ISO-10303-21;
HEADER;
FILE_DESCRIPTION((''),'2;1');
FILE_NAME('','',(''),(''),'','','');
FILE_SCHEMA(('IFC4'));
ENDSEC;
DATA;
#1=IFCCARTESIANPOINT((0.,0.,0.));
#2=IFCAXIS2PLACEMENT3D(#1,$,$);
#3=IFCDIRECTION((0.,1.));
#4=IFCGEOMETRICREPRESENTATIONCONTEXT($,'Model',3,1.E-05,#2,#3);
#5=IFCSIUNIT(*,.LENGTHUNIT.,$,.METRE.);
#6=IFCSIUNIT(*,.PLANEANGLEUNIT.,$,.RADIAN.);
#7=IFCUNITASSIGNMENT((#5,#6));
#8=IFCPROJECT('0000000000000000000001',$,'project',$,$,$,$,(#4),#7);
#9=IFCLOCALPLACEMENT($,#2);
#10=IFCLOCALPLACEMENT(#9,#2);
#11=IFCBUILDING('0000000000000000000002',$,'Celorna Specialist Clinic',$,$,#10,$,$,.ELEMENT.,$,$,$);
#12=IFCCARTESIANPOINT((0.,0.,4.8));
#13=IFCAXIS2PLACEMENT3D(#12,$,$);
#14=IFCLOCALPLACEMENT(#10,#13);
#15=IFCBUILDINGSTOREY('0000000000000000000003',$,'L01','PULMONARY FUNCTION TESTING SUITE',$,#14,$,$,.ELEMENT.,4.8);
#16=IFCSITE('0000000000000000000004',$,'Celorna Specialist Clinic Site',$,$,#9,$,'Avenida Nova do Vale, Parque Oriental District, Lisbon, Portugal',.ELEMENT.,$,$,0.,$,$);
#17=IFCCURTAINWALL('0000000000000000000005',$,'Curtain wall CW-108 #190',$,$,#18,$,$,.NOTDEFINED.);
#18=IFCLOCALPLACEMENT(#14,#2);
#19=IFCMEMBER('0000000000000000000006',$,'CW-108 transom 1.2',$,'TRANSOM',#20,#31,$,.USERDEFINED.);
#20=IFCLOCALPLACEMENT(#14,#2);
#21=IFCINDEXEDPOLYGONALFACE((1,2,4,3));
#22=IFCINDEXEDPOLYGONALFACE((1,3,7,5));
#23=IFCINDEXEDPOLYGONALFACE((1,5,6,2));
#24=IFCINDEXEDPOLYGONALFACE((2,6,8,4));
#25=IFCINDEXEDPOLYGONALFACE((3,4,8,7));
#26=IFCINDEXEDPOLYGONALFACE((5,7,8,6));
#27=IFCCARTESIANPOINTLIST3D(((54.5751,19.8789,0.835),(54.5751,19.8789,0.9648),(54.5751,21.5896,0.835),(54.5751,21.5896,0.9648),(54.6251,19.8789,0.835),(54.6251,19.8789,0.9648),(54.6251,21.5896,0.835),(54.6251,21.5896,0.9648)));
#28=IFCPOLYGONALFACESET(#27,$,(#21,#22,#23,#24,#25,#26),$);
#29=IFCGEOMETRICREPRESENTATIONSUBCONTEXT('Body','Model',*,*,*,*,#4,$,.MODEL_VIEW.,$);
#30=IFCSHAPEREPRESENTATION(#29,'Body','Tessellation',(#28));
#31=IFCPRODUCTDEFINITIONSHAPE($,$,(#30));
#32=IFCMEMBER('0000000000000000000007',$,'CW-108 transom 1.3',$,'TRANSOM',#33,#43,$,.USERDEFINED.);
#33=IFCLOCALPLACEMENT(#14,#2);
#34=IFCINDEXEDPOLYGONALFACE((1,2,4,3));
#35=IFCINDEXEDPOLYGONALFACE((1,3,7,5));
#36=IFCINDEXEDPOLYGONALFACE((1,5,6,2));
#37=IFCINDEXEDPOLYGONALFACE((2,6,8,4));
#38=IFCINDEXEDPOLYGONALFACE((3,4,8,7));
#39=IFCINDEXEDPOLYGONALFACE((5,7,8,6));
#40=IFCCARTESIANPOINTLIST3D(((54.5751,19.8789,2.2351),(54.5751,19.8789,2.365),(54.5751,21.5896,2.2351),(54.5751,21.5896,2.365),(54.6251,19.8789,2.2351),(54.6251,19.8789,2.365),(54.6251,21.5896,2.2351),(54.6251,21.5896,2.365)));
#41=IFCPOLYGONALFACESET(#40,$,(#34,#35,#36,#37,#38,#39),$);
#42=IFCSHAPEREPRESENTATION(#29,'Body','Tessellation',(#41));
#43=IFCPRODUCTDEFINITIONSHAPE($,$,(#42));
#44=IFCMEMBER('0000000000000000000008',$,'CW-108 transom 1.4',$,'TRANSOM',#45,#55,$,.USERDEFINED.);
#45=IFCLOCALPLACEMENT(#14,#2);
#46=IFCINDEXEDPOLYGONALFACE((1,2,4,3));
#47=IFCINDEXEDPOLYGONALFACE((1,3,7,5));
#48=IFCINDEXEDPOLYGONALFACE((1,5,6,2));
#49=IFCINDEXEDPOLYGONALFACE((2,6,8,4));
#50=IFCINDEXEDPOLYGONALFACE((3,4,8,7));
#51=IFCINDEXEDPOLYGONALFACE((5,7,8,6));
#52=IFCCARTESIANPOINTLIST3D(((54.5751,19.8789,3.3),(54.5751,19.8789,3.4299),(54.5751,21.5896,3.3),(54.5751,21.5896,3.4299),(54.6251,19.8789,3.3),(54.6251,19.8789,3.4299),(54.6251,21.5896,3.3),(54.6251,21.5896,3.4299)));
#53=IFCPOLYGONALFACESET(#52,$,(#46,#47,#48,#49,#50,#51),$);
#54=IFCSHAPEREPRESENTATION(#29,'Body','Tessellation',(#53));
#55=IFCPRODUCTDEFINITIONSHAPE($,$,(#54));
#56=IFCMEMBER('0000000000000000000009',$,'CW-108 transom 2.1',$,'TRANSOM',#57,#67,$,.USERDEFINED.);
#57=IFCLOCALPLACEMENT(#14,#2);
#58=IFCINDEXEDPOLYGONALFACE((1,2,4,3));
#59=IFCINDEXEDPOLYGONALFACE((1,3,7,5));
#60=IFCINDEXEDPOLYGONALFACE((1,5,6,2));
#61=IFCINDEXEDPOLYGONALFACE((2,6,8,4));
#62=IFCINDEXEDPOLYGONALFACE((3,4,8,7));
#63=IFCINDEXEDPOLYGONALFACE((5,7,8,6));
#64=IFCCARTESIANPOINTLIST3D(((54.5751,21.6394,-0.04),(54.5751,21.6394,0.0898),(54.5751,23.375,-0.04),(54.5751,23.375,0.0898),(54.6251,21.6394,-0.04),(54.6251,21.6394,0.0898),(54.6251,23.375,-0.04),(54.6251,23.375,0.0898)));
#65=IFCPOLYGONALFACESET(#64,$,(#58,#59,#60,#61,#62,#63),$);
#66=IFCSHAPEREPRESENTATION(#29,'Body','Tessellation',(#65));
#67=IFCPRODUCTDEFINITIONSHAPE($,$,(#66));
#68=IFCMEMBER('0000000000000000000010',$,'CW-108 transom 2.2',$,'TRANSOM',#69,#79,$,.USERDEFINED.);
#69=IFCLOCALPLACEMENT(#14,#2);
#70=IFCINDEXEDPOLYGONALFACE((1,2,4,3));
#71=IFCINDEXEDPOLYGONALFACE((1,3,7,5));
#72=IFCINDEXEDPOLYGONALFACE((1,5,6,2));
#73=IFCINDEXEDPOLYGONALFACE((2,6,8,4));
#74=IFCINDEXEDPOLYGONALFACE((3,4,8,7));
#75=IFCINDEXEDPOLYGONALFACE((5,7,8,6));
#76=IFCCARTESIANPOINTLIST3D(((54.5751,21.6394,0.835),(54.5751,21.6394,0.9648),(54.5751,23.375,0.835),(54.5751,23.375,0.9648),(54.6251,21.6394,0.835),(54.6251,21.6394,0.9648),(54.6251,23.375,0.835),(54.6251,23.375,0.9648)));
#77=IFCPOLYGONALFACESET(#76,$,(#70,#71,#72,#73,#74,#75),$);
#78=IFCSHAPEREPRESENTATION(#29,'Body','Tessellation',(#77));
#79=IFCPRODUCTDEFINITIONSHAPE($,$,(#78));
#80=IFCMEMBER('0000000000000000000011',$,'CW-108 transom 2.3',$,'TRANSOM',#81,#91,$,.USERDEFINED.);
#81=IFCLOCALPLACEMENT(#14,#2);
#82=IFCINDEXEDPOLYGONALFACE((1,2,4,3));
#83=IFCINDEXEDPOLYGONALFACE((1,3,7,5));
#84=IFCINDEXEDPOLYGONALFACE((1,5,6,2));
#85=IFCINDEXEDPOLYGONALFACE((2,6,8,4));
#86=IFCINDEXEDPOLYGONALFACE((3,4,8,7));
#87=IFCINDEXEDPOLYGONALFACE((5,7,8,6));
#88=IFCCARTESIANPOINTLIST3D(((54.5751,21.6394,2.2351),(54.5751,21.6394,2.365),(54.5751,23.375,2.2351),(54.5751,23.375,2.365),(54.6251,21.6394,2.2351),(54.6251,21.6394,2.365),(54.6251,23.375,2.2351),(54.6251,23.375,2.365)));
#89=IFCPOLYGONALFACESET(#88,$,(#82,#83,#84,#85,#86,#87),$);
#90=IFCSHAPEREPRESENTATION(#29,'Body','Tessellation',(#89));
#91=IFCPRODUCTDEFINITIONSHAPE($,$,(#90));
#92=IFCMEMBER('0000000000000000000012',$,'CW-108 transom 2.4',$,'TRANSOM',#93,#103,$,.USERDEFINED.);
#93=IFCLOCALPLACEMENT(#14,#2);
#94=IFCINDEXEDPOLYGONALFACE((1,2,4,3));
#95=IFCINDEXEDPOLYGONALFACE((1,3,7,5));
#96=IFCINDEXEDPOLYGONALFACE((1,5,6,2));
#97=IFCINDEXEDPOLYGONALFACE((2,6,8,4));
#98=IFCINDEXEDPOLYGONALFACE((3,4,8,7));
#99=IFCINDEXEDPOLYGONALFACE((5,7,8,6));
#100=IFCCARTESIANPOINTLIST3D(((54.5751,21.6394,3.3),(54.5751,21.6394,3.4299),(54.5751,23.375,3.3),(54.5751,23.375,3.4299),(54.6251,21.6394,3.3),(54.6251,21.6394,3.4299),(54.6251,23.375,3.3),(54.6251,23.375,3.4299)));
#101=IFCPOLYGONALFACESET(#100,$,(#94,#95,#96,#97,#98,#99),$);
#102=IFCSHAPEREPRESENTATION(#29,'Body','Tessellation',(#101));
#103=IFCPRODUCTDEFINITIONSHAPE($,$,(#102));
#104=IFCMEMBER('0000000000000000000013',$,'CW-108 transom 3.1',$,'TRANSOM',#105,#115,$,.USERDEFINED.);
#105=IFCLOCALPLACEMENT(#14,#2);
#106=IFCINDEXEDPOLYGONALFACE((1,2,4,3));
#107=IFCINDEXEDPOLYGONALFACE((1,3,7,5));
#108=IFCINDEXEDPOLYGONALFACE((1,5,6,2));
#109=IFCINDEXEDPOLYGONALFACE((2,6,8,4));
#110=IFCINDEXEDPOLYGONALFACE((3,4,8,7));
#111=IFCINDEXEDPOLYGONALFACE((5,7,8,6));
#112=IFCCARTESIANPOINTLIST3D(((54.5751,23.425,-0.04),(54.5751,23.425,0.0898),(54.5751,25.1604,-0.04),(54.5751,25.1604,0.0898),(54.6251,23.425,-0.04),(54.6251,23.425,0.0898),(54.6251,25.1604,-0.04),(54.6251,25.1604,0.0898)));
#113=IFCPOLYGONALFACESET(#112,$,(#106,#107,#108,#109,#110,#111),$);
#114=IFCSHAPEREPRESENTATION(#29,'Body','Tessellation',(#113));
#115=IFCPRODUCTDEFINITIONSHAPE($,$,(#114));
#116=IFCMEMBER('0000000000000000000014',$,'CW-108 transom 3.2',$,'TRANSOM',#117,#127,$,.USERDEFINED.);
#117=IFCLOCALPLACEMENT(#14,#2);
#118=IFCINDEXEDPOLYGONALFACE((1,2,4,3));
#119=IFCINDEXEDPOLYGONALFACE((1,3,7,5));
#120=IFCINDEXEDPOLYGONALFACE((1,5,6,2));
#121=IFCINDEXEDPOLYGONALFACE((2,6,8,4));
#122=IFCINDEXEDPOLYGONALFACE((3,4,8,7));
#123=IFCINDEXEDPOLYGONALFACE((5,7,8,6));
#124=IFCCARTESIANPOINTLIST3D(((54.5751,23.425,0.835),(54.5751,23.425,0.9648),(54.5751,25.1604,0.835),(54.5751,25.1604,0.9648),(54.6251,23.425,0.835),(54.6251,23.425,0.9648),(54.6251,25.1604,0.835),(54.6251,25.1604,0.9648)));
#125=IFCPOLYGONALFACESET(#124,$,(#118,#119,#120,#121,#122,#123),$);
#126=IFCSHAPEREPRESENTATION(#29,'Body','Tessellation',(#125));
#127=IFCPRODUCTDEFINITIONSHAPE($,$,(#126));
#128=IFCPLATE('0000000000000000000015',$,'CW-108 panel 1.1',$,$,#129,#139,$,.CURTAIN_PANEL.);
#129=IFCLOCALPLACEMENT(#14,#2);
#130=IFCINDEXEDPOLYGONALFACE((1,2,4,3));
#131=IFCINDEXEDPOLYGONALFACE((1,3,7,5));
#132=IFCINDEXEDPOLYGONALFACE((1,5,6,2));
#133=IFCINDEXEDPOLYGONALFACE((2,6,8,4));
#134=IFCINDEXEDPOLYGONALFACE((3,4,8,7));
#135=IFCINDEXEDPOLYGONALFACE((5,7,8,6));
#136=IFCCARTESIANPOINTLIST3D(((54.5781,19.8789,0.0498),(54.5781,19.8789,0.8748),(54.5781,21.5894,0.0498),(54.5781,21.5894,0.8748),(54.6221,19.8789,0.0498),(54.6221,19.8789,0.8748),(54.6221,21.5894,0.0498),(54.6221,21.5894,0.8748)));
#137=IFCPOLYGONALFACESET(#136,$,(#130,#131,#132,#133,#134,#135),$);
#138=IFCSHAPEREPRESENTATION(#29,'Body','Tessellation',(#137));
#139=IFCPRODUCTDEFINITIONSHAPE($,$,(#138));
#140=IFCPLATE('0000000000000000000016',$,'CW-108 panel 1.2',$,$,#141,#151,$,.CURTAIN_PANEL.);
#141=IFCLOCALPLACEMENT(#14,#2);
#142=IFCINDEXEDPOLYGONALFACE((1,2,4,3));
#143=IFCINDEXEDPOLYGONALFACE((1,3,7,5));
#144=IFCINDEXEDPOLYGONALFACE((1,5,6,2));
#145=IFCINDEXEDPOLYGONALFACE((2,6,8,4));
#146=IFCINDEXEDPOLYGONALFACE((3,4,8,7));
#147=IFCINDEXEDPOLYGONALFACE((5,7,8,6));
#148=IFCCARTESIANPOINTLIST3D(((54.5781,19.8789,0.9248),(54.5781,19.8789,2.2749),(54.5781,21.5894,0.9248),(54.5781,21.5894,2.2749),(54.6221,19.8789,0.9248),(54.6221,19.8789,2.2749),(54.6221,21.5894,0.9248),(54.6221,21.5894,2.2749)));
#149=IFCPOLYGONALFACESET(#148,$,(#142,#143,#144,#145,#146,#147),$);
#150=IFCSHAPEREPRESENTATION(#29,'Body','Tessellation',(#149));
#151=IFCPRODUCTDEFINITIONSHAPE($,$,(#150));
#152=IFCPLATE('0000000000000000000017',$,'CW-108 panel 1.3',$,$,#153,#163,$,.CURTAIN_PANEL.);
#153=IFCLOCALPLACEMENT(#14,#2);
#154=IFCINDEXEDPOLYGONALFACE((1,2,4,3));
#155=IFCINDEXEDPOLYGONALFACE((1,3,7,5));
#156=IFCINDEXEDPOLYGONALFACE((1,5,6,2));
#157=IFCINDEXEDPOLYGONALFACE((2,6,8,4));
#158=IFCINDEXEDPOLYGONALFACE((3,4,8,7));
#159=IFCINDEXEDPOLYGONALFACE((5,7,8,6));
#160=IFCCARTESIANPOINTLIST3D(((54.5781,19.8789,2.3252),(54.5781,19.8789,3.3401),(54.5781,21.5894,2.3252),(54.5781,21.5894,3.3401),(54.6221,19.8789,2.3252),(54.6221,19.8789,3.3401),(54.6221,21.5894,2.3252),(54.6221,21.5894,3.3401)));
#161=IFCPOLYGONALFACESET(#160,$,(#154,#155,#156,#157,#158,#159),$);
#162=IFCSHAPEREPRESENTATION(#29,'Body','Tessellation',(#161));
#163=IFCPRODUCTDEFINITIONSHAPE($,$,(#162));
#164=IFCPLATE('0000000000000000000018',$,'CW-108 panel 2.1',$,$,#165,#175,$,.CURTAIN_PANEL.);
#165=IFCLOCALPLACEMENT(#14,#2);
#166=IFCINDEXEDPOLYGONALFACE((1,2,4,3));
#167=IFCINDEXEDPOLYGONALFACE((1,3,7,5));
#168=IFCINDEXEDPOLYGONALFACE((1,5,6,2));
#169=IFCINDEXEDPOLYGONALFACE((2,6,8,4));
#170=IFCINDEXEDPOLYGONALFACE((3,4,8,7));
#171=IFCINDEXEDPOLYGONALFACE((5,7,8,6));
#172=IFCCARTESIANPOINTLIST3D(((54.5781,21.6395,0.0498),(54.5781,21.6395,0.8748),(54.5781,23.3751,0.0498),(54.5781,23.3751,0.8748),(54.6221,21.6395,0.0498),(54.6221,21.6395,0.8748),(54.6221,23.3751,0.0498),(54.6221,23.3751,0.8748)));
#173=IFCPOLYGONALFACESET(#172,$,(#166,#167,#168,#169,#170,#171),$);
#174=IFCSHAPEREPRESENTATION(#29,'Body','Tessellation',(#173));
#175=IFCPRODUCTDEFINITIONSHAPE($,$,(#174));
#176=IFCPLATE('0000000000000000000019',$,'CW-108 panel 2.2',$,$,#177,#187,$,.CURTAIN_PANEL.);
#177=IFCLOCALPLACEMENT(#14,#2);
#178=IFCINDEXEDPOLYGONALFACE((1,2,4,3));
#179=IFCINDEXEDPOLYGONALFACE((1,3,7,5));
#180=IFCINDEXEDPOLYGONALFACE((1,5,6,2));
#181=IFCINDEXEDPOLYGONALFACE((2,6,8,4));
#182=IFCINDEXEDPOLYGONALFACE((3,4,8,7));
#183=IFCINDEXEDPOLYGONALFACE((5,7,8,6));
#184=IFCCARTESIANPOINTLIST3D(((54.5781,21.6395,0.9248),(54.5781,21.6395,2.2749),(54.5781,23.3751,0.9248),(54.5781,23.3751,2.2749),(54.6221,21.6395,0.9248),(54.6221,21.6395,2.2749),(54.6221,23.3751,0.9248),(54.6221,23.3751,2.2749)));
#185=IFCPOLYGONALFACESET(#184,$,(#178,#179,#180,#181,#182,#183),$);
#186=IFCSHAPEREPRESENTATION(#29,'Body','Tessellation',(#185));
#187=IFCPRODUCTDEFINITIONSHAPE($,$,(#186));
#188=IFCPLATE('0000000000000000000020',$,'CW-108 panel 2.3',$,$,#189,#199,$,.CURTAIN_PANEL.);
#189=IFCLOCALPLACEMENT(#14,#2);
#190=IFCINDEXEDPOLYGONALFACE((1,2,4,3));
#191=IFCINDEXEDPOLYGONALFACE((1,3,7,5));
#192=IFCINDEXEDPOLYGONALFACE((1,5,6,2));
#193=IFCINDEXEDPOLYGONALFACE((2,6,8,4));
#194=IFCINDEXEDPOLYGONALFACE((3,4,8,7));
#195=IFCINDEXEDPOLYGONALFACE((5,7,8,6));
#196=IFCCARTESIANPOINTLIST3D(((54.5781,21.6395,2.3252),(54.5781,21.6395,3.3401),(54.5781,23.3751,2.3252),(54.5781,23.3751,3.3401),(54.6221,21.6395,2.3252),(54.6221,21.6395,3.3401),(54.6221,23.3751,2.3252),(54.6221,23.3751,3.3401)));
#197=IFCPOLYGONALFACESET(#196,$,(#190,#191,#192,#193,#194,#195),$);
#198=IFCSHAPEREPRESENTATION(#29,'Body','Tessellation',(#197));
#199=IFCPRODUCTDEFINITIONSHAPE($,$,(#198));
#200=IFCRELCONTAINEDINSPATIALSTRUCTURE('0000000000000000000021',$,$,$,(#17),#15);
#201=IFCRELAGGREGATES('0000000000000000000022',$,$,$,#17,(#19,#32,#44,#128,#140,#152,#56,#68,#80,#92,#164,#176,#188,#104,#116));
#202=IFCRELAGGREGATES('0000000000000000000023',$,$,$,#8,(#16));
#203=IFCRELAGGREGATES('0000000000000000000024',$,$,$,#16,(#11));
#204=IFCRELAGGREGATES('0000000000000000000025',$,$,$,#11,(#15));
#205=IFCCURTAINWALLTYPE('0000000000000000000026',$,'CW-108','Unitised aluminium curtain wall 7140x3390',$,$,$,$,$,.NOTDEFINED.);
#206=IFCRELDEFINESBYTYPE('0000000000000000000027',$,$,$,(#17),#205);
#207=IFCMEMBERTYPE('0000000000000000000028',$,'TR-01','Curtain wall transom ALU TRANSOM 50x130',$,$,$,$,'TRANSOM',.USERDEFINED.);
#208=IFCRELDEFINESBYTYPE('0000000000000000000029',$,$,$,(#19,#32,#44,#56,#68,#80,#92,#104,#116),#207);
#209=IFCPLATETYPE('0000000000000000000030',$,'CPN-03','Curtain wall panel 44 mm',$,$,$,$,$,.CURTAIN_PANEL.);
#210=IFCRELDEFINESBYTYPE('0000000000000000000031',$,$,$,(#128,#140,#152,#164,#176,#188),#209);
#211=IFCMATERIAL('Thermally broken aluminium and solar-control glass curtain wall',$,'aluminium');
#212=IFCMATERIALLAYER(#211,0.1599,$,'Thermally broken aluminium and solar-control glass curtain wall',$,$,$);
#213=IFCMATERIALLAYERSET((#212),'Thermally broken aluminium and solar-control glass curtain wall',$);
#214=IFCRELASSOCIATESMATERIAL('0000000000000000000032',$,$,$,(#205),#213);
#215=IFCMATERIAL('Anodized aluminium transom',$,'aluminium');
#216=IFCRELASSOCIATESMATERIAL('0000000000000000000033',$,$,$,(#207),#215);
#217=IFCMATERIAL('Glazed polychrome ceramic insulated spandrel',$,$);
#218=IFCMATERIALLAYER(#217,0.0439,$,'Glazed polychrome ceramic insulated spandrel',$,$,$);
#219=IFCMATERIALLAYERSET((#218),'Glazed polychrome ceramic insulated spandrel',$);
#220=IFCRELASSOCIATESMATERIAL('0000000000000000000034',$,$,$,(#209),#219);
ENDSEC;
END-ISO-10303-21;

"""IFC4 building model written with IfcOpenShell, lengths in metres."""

from ifc_helpers import new_model, si_unit, direction, frame, origin, origin_2d, place, context, subcontext, project, spatial, rectangle, extrude, material, layer, layer_set, material_profile, profile_set, type_object, element, aggregate, save


model = new_model("IFC4")

# Units and contexts
model_context = context("Model", 3, precision=1e-05, world=origin(), true_north=direction((0.0, 1.0)))
body_context = subcontext(model_context, "Body", "Model", "MODEL_VIEW")
ifc_project = project(units=[si_unit("LENGTHUNIT", "METRE"), si_unit("PLANEANGLEUNIT", "RADIAN")], contexts=[model_context])

# Site, building, storey
site_placement = place(None, origin())
site = spatial("IfcSite", under=ifc_project, at=site_placement, Name="Celorna Specialist Clinic Site", LongName="Avenida Nova do Vale, Parque Oriental District, Lisbon, Portugal", CompositionType="ELEMENT", RefElevation=0.0)
building_placement = place(site_placement, origin())
building = spatial("IfcBuilding", under=site, at=building_placement, Name="Celorna Specialist Clinic", CompositionType="ELEMENT")
storey_placement = place(building_placement, frame((0.0, 0.0, 4.8)))
storey = spatial("IfcBuildingStorey", under=building, at=storey_placement, Name="L01", Description="PULMONARY FUNCTION TESTING SUITE", CompositionType="ELEMENT", Elevation=4.8)

# Curtain wall, members, plates
ifc_material_1 = material(Name="Thermally broken aluminium and solar-control glass curtain wall", Category="aluminium")
ifc_layer_1 = layer(ifc_material_1, 0.1599, Name="Thermally broken aluminium and solar-control glass curtain wall")
ifc_layer_set_1 = layer_set([ifc_layer_1], Name="Thermally broken aluminium and solar-control glass curtain wall")
curtain_wall_type = type_object("IfcCurtainWallType", Name="CW-108", Description="Unitised aluminium curtain wall 7140x3390", PredefinedType="NOTDEFINED", material=ifc_layer_set_1)
curtain_wall_placement = place(storey_placement, origin())
curtain_wall = element("IfcCurtainWall", 1, at=curtain_wall_placement, inside=storey, type_object=curtain_wall_type, Name="Curtain wall CW-108 #190", PredefinedType="NOTDEFINED")
ifc_material_2 = material(Name="Anodized aluminium transom", Category="aluminium")
ifc_material_profile_1 = material_profile(ifc_material_2, rectangle(XDim=0.05, YDim=0.1299, at=origin_2d()), Name="ALU TRANSOM 50x130")
ifc_profile_set_1 = profile_set([ifc_material_profile_1], Name="Anodized aluminium transom")
member_type_1 = type_object("IfcMemberType", Name="TR-01", Description="Curtain wall transom ALU TRANSOM 50x130", ElementType="TRANSOM", PredefinedType="USERDEFINED", material=ifc_profile_set_1)
member_1_placement = place(storey_placement, frame((54.6001, 19.8789, 0.8999), z_axis=(0.0, 1.0, 0.0), x_axis=(-1.0, 0.0, 0.0)))
member_1 = element("IfcMember", 2, at=member_1_placement, type_object=member_type_1, Name="CW-108 transom 1.2", ObjectType="TRANSOM", PredefinedType="USERDEFINED", context=body_context, shape_type="SweptSolid", body=[
    extrude(rectangle(XDim=0.05, YDim=0.1299, at=origin_2d()), origin(), (0.0, 0.0, 1.0), 1.7107),
])
member_2_placement = place(storey_placement, frame((54.6001, 19.8789, 2.3), z_axis=(0.0, 1.0, 0.0), x_axis=(-1.0, 0.0, 0.0)))
member_2 = element("IfcMember", 3, at=member_2_placement, type_object=member_type_1, Name="CW-108 transom 1.3", ObjectType="TRANSOM", PredefinedType="USERDEFINED", context=body_context, shape_type="SweptSolid", body=[
    extrude(rectangle(XDim=0.05, YDim=0.1299, at=origin_2d()), origin(), (0.0, 0.0, 1.0), 1.7107),
])
member_3_placement = place(storey_placement, frame((54.6001, 19.8789, 3.365), z_axis=(0.0, 1.0, 0.0), x_axis=(-1.0, 0.0, 0.0)))
member_3 = element("IfcMember", 4, at=member_3_placement, type_object=member_type_1, Name="CW-108 transom 1.4", ObjectType="TRANSOM", PredefinedType="USERDEFINED", context=body_context, shape_type="SweptSolid", body=[
    extrude(rectangle(XDim=0.05, YDim=0.1299, at=origin_2d()), origin(), (0.0, 0.0, 1.0), 1.7107),
])
member_4_placement = place(storey_placement, frame((54.6001, 21.6394, 0.0249), z_axis=(0.0, 1.0, 0.0), x_axis=(-1.0, 0.0, 0.0)))
member_4 = element("IfcMember", 5, at=member_4_placement, type_object=member_type_1, Name="CW-108 transom 2.1", ObjectType="TRANSOM", PredefinedType="USERDEFINED", context=body_context, shape_type="SweptSolid", body=[
    extrude(rectangle(XDim=0.05, YDim=0.1299, at=origin_2d()), origin(), (0.0, 0.0, 1.0), 1.7356),
])
member_5_placement = place(storey_placement, frame((54.6001, 21.6394, 0.8999), z_axis=(0.0, 1.0, 0.0), x_axis=(-1.0, 0.0, 0.0)))
member_5 = element("IfcMember", 6, at=member_5_placement, type_object=member_type_1, Name="CW-108 transom 2.2", ObjectType="TRANSOM", PredefinedType="USERDEFINED", context=body_context, shape_type="SweptSolid", body=[
    extrude(rectangle(XDim=0.05, YDim=0.1299, at=origin_2d()), origin(), (0.0, 0.0, 1.0), 1.7356),
])
member_6_placement = place(storey_placement, frame((54.6001, 21.6394, 2.3), z_axis=(0.0, 1.0, 0.0), x_axis=(-1.0, 0.0, 0.0)))
member_6 = element("IfcMember", 7, at=member_6_placement, type_object=member_type_1, Name="CW-108 transom 2.3", ObjectType="TRANSOM", PredefinedType="USERDEFINED", context=body_context, shape_type="SweptSolid", body=[
    extrude(rectangle(XDim=0.05, YDim=0.1299, at=origin_2d()), origin(), (0.0, 0.0, 1.0), 1.7356),
])
member_7_placement = place(storey_placement, frame((54.6001, 21.6394, 3.365), z_axis=(0.0, 1.0, 0.0), x_axis=(-1.0, 0.0, 0.0)))
member_7 = element("IfcMember", 8, at=member_7_placement, type_object=member_type_1, Name="CW-108 transom 2.4", ObjectType="TRANSOM", PredefinedType="USERDEFINED", context=body_context, shape_type="SweptSolid", body=[
    extrude(rectangle(XDim=0.05, YDim=0.1299, at=origin_2d()), origin(), (0.0, 0.0, 1.0), 1.7356),
])
member_8_placement = place(storey_placement, frame((54.6001, 23.425, 0.0249), z_axis=(0.0, 1.0, 0.0), x_axis=(-1.0, 0.0, 0.0)))
member_8 = element("IfcMember", 9, at=member_8_placement, type_object=member_type_1, Name="CW-108 transom 3.1", ObjectType="TRANSOM", PredefinedType="USERDEFINED", context=body_context, shape_type="SweptSolid", body=[
    extrude(rectangle(XDim=0.05, YDim=0.1299, at=origin_2d()), origin(), (0.0, 0.0, 1.0), 1.7354),
])
member_9_placement = place(storey_placement, frame((54.6001, 23.425, 0.8999), z_axis=(0.0, 1.0, 0.0), x_axis=(-1.0, 0.0, 0.0)))
member_9 = element("IfcMember", 10, at=member_9_placement, type_object=member_type_1, Name="CW-108 transom 3.2", ObjectType="TRANSOM", PredefinedType="USERDEFINED", context=body_context, shape_type="SweptSolid", body=[
    extrude(rectangle(XDim=0.05, YDim=0.1299, at=origin_2d()), origin(), (0.0, 0.0, 1.0), 1.7354),
])
ifc_material_3 = material(Name="Glazed polychrome ceramic insulated spandrel")
ifc_layer_2 = layer(ifc_material_3, 0.0439, Name="Glazed polychrome ceramic insulated spandrel")
ifc_layer_set_2 = layer_set([ifc_layer_2], Name="Glazed polychrome ceramic insulated spandrel")
plate_type_1 = type_object("IfcPlateType", Name="CPN-03", Description="Curtain wall panel 44 mm", PredefinedType="CURTAIN_PANEL", material=ifc_layer_set_2)
plate_1_placement = place(storey_placement, frame((54.6001, 20.7341, 0.0498), z_axis=(0.0, 0.0, 1.0), x_axis=(0.0, 1.0, 0.0)))
plate_1 = element("IfcPlate", 11, at=plate_1_placement, type_object=plate_type_1, Name="CW-108 panel 1.1", PredefinedType="CURTAIN_PANEL", context=body_context, shape_type="SweptSolid", body=[
    extrude(rectangle(XDim=1.7104, YDim=0.0439, at=origin_2d()), origin(), (0.0, 0.0, 1.0), 0.825),
])
plate_2_placement = place(storey_placement, frame((54.6001, 20.7341, 0.9248), z_axis=(0.0, 0.0, 1.0), x_axis=(0.0, 1.0, 0.0)))
plate_2 = element("IfcPlate", 12, at=plate_2_placement, type_object=plate_type_1, Name="CW-108 panel 1.2", PredefinedType="CURTAIN_PANEL", context=body_context, shape_type="SweptSolid", body=[
    extrude(rectangle(XDim=1.7104, YDim=0.0439, at=origin_2d()), origin(), (0.0, 0.0, 1.0), 1.3501),
])
plate_3_placement = place(storey_placement, frame((54.6001, 20.7341, 2.3252), z_axis=(0.0, 0.0, 1.0), x_axis=(0.0, 1.0, 0.0)))
plate_3 = element("IfcPlate", 13, at=plate_3_placement, type_object=plate_type_1, Name="CW-108 panel 1.3", PredefinedType="CURTAIN_PANEL", context=body_context, shape_type="SweptSolid", body=[
    extrude(rectangle(XDim=1.7104, YDim=0.0439, at=origin_2d()), origin(), (0.0, 0.0, 1.0), 1.0149),
])
plate_4_placement = place(storey_placement, frame((54.6001, 22.5073, 0.0498), z_axis=(0.0, 0.0, 1.0), x_axis=(0.0, 1.0, 0.0)))
plate_4 = element("IfcPlate", 14, at=plate_4_placement, type_object=plate_type_1, Name="CW-108 panel 2.1", PredefinedType="CURTAIN_PANEL", context=body_context, shape_type="SweptSolid", body=[
    extrude(rectangle(XDim=1.7356, YDim=0.0439, at=origin_2d()), origin(), (0.0, 0.0, 1.0), 0.825),
])
plate_5_placement = place(storey_placement, frame((54.6001, 22.5073, 0.9248), z_axis=(0.0, 0.0, 1.0), x_axis=(0.0, 1.0, 0.0)))
plate_5 = element("IfcPlate", 15, at=plate_5_placement, type_object=plate_type_1, Name="CW-108 panel 2.2", PredefinedType="CURTAIN_PANEL", context=body_context, shape_type="SweptSolid", body=[
    extrude(rectangle(XDim=1.7356, YDim=0.0439, at=origin_2d()), origin(), (0.0, 0.0, 1.0), 1.3501),
])
plate_6_placement = place(storey_placement, frame((54.6001, 22.5073, 2.3252), z_axis=(0.0, 0.0, 1.0), x_axis=(0.0, 1.0, 0.0)))
plate_6 = element("IfcPlate", 16, at=plate_6_placement, type_object=plate_type_1, Name="CW-108 panel 2.3", PredefinedType="CURTAIN_PANEL", context=body_context, shape_type="SweptSolid", body=[
    extrude(rectangle(XDim=1.7356, YDim=0.0439, at=origin_2d()), origin(), (0.0, 0.0, 1.0), 1.0149),
])
aggregate(curtain_wall, [member_1, member_2, member_3, plate_1, plate_2, plate_3, member_4, member_5, member_6, member_7, plate_4, plate_5, plate_6, member_8, member_9])

save(model, "model.ifc")
